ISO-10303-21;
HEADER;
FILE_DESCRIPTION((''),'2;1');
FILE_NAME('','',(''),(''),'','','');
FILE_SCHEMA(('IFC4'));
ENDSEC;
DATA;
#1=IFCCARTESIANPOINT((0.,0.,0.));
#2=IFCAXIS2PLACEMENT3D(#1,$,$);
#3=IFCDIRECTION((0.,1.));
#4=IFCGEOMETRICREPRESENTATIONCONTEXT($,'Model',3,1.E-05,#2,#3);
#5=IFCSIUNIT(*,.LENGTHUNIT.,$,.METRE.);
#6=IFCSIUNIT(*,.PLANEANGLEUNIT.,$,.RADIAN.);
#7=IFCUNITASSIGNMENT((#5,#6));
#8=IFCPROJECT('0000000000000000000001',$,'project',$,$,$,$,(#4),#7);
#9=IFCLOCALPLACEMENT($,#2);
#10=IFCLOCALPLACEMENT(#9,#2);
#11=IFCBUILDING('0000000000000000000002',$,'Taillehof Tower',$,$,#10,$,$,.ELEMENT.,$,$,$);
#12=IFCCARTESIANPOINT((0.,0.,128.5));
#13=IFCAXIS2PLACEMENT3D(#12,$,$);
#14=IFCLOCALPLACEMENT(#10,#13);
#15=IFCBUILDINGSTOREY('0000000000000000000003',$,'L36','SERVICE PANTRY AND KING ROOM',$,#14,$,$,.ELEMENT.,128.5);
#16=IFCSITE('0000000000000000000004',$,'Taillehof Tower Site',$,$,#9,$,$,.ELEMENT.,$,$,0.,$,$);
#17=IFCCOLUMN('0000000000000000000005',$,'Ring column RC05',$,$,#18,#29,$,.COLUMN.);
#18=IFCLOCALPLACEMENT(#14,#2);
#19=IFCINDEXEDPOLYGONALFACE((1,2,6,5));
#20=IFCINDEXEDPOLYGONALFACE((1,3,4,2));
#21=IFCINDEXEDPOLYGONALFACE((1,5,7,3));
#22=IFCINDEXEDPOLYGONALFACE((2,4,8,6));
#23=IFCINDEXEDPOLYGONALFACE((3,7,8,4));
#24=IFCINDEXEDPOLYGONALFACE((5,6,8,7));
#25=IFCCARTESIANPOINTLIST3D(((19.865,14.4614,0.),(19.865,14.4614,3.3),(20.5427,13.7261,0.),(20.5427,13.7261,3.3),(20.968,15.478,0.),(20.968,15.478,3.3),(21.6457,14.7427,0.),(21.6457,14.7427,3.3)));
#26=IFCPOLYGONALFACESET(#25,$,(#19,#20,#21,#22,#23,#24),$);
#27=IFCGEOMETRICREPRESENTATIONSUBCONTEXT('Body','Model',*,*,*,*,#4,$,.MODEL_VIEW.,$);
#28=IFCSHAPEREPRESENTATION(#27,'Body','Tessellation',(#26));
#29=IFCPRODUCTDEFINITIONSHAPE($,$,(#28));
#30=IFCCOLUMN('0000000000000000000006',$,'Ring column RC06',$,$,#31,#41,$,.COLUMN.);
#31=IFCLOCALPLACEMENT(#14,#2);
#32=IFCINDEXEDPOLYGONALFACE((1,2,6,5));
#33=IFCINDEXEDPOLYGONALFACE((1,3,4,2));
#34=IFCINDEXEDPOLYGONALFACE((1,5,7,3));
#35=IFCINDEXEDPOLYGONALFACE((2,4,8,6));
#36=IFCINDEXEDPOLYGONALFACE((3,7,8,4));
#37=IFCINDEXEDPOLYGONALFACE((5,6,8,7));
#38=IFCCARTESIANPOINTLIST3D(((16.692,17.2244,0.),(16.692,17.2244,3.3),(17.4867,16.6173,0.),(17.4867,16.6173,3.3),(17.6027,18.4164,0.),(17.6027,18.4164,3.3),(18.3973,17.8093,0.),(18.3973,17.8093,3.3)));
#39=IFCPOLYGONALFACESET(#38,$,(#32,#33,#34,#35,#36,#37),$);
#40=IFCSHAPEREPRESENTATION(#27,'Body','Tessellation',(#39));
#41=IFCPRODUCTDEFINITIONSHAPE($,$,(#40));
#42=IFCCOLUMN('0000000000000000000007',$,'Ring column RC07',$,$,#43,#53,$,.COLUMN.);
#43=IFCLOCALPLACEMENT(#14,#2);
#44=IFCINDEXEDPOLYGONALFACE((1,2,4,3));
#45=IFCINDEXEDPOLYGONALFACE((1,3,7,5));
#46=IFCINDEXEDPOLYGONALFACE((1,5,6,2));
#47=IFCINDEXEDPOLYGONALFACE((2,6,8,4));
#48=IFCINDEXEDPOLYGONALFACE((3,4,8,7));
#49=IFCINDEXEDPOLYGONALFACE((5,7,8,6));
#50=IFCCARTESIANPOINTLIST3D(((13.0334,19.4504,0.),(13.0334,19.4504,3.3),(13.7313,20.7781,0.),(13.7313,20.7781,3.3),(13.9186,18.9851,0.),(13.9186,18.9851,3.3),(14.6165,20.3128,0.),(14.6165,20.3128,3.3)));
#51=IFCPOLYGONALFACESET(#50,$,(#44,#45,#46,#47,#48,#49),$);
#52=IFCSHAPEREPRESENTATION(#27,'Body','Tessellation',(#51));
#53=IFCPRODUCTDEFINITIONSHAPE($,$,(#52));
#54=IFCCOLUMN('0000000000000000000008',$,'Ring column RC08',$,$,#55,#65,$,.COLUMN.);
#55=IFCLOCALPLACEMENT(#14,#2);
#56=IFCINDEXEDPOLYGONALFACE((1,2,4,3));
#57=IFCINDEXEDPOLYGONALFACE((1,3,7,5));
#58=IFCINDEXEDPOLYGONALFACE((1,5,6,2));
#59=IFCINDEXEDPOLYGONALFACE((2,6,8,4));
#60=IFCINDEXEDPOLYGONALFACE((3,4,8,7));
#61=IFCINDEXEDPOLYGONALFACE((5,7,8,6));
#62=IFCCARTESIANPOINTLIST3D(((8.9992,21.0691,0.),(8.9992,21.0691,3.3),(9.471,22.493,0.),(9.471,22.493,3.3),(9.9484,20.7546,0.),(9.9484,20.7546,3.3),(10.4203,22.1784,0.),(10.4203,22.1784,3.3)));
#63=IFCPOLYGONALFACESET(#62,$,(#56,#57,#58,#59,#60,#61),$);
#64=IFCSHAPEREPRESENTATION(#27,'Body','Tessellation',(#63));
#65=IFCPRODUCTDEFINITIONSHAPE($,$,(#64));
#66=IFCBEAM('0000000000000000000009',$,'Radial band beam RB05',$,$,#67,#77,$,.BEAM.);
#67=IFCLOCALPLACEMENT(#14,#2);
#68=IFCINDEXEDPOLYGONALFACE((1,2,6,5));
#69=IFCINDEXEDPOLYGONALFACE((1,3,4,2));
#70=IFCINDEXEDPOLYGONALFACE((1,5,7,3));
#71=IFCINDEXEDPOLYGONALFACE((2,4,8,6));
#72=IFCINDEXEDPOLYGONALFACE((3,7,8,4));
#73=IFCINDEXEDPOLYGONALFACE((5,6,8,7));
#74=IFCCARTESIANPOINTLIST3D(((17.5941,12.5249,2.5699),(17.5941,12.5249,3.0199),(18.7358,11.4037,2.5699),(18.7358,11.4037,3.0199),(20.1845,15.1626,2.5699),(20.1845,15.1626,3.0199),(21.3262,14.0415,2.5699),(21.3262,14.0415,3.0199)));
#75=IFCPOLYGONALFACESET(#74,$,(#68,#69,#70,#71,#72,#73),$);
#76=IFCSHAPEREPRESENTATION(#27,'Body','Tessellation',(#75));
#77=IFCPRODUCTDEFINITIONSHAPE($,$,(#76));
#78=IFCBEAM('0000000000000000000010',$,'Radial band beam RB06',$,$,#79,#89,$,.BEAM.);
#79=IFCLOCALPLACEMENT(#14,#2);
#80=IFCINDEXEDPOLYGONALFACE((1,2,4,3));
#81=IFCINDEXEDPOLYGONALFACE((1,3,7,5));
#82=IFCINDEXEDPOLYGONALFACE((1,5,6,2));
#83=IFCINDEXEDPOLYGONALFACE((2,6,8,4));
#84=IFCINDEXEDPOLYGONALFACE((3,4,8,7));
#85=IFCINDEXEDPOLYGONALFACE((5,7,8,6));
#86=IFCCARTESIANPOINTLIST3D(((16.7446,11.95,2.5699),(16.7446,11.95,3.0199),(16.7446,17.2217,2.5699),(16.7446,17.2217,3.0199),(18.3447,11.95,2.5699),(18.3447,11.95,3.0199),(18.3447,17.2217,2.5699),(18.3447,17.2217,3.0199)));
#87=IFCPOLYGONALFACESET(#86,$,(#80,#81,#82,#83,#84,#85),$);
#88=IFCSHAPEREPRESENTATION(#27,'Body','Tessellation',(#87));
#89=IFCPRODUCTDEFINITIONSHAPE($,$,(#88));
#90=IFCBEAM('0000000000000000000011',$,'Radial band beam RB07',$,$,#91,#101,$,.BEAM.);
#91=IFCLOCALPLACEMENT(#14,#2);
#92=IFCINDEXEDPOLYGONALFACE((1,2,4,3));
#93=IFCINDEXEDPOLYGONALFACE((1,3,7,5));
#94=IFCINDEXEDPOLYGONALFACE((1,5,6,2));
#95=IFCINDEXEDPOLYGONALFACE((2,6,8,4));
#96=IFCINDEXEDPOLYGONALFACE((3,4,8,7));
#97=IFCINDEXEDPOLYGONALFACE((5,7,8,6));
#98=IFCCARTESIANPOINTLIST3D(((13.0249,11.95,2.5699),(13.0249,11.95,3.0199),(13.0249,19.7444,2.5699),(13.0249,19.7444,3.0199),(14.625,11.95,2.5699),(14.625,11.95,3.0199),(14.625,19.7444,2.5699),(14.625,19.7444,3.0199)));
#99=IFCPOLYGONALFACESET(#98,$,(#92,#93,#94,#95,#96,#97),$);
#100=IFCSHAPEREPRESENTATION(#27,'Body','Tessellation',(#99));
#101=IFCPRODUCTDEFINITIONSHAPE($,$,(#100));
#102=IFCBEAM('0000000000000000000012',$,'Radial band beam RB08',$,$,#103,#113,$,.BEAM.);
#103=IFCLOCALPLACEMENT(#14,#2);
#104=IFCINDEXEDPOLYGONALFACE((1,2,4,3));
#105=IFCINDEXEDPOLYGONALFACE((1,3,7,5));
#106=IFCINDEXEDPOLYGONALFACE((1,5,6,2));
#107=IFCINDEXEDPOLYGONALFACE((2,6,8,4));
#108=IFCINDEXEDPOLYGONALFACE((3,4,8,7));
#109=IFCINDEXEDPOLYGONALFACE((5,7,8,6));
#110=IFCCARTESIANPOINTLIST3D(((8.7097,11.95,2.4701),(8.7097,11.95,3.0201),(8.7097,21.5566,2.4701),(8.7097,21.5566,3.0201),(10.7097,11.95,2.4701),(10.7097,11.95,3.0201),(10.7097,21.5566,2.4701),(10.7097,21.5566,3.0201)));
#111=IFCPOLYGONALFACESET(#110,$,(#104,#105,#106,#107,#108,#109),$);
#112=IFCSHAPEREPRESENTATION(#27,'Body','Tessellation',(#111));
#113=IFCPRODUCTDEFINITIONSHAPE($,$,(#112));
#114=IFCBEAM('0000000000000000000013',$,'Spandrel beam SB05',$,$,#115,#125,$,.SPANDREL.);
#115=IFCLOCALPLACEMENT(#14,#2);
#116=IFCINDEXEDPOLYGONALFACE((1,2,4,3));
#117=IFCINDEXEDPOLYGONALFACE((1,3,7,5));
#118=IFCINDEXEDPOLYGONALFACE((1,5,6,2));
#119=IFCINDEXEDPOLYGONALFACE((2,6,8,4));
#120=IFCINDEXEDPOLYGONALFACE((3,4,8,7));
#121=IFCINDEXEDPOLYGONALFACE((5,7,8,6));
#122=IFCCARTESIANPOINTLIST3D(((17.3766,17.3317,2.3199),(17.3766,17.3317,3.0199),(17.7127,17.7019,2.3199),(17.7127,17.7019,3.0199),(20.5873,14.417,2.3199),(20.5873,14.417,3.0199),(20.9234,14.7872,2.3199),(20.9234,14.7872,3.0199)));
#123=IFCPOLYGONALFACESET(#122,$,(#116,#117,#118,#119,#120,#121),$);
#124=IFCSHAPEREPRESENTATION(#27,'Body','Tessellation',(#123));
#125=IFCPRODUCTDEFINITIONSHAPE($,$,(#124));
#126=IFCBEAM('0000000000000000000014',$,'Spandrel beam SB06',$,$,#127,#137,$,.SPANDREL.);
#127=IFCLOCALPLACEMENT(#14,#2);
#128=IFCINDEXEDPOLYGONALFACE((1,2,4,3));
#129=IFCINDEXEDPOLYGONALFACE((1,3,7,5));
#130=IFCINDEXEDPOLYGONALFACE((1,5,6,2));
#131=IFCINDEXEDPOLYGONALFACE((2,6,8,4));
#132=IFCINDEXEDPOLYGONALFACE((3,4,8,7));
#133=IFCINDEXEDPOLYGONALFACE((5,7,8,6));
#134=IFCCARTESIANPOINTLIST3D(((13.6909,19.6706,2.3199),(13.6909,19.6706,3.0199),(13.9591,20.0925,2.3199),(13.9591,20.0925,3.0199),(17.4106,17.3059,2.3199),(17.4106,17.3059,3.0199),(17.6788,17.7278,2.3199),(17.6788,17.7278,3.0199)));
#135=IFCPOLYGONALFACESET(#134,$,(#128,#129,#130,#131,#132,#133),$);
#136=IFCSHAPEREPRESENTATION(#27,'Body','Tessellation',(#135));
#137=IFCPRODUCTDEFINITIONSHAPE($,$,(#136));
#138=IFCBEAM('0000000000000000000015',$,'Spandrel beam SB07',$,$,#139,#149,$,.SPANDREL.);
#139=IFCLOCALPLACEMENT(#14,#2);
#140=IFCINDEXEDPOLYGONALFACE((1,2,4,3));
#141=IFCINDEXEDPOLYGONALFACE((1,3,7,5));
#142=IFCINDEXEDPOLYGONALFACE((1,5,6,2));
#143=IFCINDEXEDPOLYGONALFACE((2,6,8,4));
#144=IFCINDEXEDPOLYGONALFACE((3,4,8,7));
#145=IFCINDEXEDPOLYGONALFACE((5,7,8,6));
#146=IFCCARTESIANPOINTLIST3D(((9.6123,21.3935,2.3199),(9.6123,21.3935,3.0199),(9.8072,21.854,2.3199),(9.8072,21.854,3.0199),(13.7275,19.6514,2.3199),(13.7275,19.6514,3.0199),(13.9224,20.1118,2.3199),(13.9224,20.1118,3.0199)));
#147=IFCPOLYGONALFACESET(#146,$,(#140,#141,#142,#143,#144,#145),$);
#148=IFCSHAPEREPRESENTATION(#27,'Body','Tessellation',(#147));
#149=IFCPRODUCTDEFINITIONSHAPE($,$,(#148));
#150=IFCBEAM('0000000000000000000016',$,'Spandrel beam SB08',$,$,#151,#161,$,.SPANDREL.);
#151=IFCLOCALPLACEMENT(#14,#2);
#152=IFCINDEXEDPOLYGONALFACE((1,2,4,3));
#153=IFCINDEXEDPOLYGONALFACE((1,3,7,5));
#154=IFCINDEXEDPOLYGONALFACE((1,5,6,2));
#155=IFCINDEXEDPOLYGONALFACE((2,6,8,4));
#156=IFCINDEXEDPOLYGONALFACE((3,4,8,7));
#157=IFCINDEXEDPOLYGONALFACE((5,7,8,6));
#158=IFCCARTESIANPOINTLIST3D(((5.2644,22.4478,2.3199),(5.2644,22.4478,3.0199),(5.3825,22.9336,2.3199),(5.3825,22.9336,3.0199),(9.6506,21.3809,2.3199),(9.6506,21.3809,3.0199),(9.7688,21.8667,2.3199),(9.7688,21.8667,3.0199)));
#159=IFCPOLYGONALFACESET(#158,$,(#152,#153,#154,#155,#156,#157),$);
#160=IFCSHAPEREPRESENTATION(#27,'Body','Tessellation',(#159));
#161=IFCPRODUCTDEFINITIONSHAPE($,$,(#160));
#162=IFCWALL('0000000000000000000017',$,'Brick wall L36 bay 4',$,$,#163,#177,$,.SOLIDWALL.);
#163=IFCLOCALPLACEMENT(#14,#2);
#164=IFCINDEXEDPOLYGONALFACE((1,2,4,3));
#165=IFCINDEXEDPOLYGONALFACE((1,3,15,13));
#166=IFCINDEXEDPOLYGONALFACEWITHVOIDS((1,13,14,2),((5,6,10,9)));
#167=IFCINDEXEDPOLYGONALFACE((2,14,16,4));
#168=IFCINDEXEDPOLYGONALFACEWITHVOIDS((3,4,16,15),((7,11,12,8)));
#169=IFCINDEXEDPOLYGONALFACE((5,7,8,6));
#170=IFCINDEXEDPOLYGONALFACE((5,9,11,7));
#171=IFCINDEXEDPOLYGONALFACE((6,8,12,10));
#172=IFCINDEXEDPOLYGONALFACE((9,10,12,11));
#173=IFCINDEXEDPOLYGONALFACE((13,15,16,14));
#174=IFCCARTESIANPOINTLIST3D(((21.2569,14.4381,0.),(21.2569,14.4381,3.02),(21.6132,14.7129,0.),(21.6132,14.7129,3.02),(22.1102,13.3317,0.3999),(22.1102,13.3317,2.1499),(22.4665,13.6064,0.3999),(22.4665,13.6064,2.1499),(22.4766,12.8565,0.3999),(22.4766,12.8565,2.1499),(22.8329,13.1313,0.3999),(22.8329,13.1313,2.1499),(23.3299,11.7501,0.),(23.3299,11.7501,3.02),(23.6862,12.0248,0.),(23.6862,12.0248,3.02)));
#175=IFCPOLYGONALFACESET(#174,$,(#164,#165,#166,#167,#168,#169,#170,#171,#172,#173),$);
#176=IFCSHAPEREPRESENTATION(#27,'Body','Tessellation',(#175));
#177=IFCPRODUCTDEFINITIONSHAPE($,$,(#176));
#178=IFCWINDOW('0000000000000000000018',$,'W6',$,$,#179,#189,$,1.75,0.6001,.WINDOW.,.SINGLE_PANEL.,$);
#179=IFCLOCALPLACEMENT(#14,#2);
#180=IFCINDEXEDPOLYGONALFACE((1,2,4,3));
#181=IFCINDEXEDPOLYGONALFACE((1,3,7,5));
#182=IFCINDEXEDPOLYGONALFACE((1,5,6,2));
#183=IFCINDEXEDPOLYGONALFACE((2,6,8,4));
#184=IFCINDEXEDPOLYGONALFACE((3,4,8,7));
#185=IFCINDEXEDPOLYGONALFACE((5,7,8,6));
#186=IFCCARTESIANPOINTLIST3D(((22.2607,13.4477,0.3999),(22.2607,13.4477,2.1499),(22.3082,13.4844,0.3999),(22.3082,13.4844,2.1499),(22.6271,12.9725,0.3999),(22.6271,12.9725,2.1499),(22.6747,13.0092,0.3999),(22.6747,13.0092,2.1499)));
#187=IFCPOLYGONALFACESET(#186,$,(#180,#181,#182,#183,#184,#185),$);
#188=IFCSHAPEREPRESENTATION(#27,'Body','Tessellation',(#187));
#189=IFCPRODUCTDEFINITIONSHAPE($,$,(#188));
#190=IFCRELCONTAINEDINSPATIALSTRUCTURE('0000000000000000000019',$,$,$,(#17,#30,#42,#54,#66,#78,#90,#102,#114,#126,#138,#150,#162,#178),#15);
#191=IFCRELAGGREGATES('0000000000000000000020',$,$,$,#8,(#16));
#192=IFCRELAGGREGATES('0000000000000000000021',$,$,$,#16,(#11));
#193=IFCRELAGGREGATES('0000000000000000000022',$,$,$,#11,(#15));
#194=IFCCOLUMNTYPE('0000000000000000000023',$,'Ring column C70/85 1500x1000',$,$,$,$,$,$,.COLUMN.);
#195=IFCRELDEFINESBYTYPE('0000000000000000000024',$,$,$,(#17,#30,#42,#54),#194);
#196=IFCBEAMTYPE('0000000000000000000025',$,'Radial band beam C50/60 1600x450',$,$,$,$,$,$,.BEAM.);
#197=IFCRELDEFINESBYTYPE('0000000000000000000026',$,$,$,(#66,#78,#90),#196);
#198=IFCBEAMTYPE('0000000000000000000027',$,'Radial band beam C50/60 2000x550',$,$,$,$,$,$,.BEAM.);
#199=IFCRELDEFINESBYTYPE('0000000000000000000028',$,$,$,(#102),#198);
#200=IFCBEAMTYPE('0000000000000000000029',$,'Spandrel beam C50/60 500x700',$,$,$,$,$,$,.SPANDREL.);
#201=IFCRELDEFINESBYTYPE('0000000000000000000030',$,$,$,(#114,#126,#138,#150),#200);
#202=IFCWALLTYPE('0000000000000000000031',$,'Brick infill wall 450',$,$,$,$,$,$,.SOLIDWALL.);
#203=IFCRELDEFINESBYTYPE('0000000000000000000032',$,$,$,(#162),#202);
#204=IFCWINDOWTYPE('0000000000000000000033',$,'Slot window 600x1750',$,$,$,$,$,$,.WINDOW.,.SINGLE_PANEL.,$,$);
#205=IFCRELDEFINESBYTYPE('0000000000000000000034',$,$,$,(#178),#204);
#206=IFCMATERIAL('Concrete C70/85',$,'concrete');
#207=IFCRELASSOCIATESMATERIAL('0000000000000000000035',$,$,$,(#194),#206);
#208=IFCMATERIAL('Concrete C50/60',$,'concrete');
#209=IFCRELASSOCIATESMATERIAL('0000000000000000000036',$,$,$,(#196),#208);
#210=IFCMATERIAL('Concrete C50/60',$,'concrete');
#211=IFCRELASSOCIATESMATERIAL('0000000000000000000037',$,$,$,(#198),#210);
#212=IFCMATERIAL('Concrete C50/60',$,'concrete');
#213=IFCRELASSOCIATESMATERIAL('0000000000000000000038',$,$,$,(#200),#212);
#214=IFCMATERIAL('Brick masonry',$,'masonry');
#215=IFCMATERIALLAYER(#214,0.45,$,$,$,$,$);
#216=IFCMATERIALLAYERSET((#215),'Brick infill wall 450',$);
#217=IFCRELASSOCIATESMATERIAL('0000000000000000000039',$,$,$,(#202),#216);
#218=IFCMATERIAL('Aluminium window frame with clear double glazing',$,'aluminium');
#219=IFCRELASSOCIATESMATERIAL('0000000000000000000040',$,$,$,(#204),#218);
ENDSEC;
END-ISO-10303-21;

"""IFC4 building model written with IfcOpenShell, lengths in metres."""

from ifc_helpers import new_model, si_unit, direction, frame, frame_2d, origin, origin_2d, place, context, subcontext, project, spatial, rectangle, extrude, material, layer, layer_set, material_profile, profile_set, type_object, element, fill, save


model = new_model("IFC4")

# Units and contexts
model_context = context("Model", 3, precision=1e-05, world=origin(), true_north=direction((0.0, 1.0)))
body_context = subcontext(model_context, "Body", "Model", "MODEL_VIEW")
ifc_project = project(units=[si_unit("LENGTHUNIT", "METRE"), si_unit("PLANEANGLEUNIT", "RADIAN")], contexts=[model_context])

# Site, building, storey
site_placement = place(None, origin())
site = spatial("IfcSite", under=ifc_project, at=site_placement, Name="Taillehof Tower Site", CompositionType="ELEMENT", RefElevation=0.0)
building_placement = place(site_placement, origin())
building = spatial("IfcBuilding", under=site, at=building_placement, Name="Taillehof Tower", CompositionType="ELEMENT")
storey_placement = place(building_placement, frame((0.0, 0.0, 128.5)))
storey = spatial("IfcBuildingStorey", under=building, at=storey_placement, Name="L36", Description="SERVICE PANTRY AND KING ROOM", CompositionType="ELEMENT", Elevation=128.5)

# Columns
ifc_material_1 = material(Name="Concrete C70/85", Category="concrete")
ifc_material_profile_1 = material_profile(ifc_material_1, rectangle(XDim=1.5, YDim=1.0, at=origin_2d()), Name="RC 1500x1000")
ifc_profile_set_1 = profile_set([ifc_material_profile_1], Name="Concrete C70/85")
column_type = type_object("IfcColumnType", Name="Ring column C70/85 1500x1000", PredefinedType="COLUMN", material=ifc_profile_set_1)
for number, where, z_axis, x_axis, name in (
    (1, (20.7554, 14.6021, 0.0), (0.0, 0.0, 1.0), (0.735332, 0.677707, 0.0), "Ring column RC05"),
    (2, (17.5447, 17.5168, 0.0), (0.0, 0.0, 1.0), (0.607074, 0.794645, 0.0), "Ring column RC06"),
    (3, (13.825, 19.8816, 0.0), (0.0, 0.0, 1.0), (0.465283, 0.885162, 0.0), "Ring column RC07"),
    (4, (9.7097, 21.6238, 0.0), (0.0, 0.0, 1.0), (0.314555, 0.949239, 0.0), "Ring column RC08"),
):
    element("IfcColumn", number, at=place(storey_placement, frame(where, z_axis=z_axis, x_axis=x_axis)), inside=storey, type_object=column_type, Name=name, PredefinedType="COLUMN", context=body_context, shape_type="SweptSolid", body=[
        extrude(rectangle(XDim=1.5, YDim=1.0, at=origin_2d()), origin(), (0.0, 0.0, 1.0), 3.3),
    ])

# Beams
ifc_material_2 = material(Name="Concrete C50/60", Category="concrete")
ifc_material_profile_2 = material_profile(ifc_material_2, rectangle(XDim=1.6001, YDim=0.45, at=origin_2d()), Name="RC 1600x450")
ifc_profile_set_2 = profile_set([ifc_material_profile_2], Name="Concrete C50/60")
beam_type_1 = type_object("IfcBeamType", Name="Radial band beam C50/60 1600x450", PredefinedType="BEAM", material=ifc_profile_set_2)
beam_1_placement = place(storey_placement, frame((20.7554, 14.6021, 2.7949), z_axis=(-0.700672, -0.713484, 0.0), x_axis=(0.713484, -0.700672, 0.0)))
element("IfcBeam", 5, at=beam_1_placement, inside=storey, type_object=beam_type_1, Name="Radial band beam RB05", PredefinedType="BEAM", context=body_context, shape_type="SweptSolid", body=[
    extrude(rectangle(XDim=1.6001, YDim=0.45, at=origin_2d()), origin(), (0.0, 0.0, 1.0), 3.697),
])
beam_2_placement = place(storey_placement, frame((17.5447, 17.2217, 2.7949), z_axis=(0.0, -1.0, 0.0), x_axis=(1.0, 0.0, 0.0)))
element("IfcBeam", 6, at=beam_2_placement, inside=storey, type_object=beam_type_1, Name="Radial band beam RB06", PredefinedType="BEAM", context=body_context, shape_type="SweptSolid", body=[
    extrude(rectangle(XDim=1.6001, YDim=0.45, at=origin_2d()), origin(), (0.0, 0.0, 1.0), 5.2717),
])
beam_3_placement = place(storey_placement, frame((13.825, 19.7444, 2.7949), z_axis=(0.0, -1.0, 0.0), x_axis=(1.0, 0.0, 0.0)))
element("IfcBeam", 7, at=beam_3_placement, inside=storey, type_object=beam_type_1, Name="Radial band beam RB07", PredefinedType="BEAM", context=body_context, shape_type="SweptSolid", body=[
    extrude(rectangle(XDim=1.6001, YDim=0.45, at=origin_2d()), origin(), (0.0, 0.0, 1.0), 7.7944),
])
ifc_material_3 = material(Name="Concrete C50/60", Category="concrete")
ifc_material_profile_3 = material_profile(ifc_material_3, rectangle(XDim=2.0, YDim=0.55, at=origin_2d()), Name="RC 2000x550")
ifc_profile_set_3 = profile_set([ifc_material_profile_3], Name="Concrete C50/60")
beam_type_2 = type_object("IfcBeamType", Name="Radial band beam C50/60 2000x550", PredefinedType="BEAM", material=ifc_profile_set_3)
beam_4_placement = place(storey_placement, frame((9.7097, 21.5566, 2.7451), z_axis=(0.0, -1.0, 0.0), x_axis=(1.0, 0.0, 0.0)))
element("IfcBeam", 8, at=beam_4_placement, inside=storey, type_object=beam_type_2, Name="Radial band beam RB08", PredefinedType="BEAM", context=body_context, shape_type="SweptSolid", body=[
    extrude(rectangle(XDim=2.0, YDim=0.55, at=origin_2d()), origin(), (0.0, 0.0, 1.0), 9.6067),
])
ifc_material_4 = material(Name="Concrete C50/60", Category="concrete")
ifc_material_profile_4 = material_profile(ifc_material_4, rectangle(XDim=0.5, YDim=0.7, at=origin_2d()), Name="RC 500x700")
ifc_profile_set_4 = profile_set([ifc_material_profile_4], Name="Concrete C50/60")
beam_type_3 = type_object("IfcBeamType", Name="Spandrel beam C50/60 500x700", PredefinedType="SPANDREL", material=ifc_profile_set_4)
beam_5_placement = place(storey_placement, frame((20.7554, 14.6021, 2.6699), z_axis=(-0.740401, 0.672165, 0.0), x_axis=(-0.672165, -0.740401, 0.0)))
element("IfcBeam", 9, at=beam_5_placement, inside=storey, type_object=beam_type_3, Name="Spandrel beam SB05", PredefinedType="SPANDREL", context=body_context, shape_type="SweptSolid", body=[
    extrude(rectangle(XDim=0.5, YDim=0.7, at=origin_2d()), origin(), (0.0, 0.0, 1.0), 4.3364),
])
beam_6_placement = place(storey_placement, frame((17.5447, 17.5168, 2.6699), z_axis=(-0.843903, 0.536496, 0.0), x_axis=(-0.536496, -0.843903, 0.0)))
element("IfcBeam", 10, at=beam_6_placement, inside=storey, type_object=beam_type_3, Name="Spandrel beam SB06", PredefinedType="SPANDREL", context=body_context, shape_type="SweptSolid", body=[
    extrude(rectangle(XDim=0.5, YDim=0.7, at=origin_2d()), origin(), (0.0, 0.0, 1.0), 4.4077),
])
beam_7_placement = place(storey_placement, frame((13.825, 19.8816, 2.6699), z_axis=(-0.920877, 0.389854, 0.0), x_axis=(-0.389854, -0.920877, 0.0)))
element("IfcBeam", 11, at=beam_7_placement, inside=storey, type_object=beam_type_3, Name="Spandrel beam SB07", PredefinedType="SPANDREL", context=body_context, shape_type="SweptSolid", body=[
    extrude(rectangle(XDim=0.5, YDim=0.7, at=origin_2d()), origin(), (0.0, 0.0, 1.0), 4.4688),
])
beam_8_placement = place(storey_placement, frame((9.7097, 21.6238, 2.6699), z_axis=(-0.971669, 0.236346, 0.0), x_axis=(-0.236346, -0.971669, 0.0)))
element("IfcBeam", 12, at=beam_8_placement, inside=storey, type_object=beam_type_3, Name="Spandrel beam SB08", PredefinedType="SPANDREL", context=body_context, shape_type="SweptSolid", body=[
    extrude(rectangle(XDim=0.5, YDim=0.7, at=origin_2d()), origin(), (0.0, 0.0, 1.0), 4.5142),
])

# Wall, opening, window
ifc_material_5 = material(Name="Brick masonry", Category="masonry")
ifc_layer_1 = layer(ifc_material_5, 0.45)
ifc_layer_set_1 = layer_set([ifc_layer_1], Name="Brick infill wall 450")
wall_type_1 = type_object("IfcWallType", Name="Brick infill wall 450", PredefinedType="SOLIDWALL", material=ifc_layer_set_1)
wall_1_placement = place(storey_placement, frame((23.5081, 11.8875, 0.0), z_axis=(0.0, 0.0, 1.0), x_axis=(-0.610694, 0.791867, 0.0)))
wall_1 = element("IfcWall", 13, at=wall_1_placement, inside=storey, type_object=wall_type_1, Name="Brick wall L36 bay 4", PredefinedType="SOLIDWALL", context=body_context, shape_type="SweptSolid", body=[
    extrude(rectangle(XDim=3.3945, YDim=0.45, at=frame_2d((1.6973, 0.0))), origin(), (0.0, 0.0, 1.0), 3.02),
])
opening_1_placement = place(wall_1_placement, frame((1.3972, 0.0, 0.3999)))
opening_1 = element("IfcOpeningElement", 14, at=opening_1_placement, cuts=wall_1, PredefinedType="OPENING", context=body_context, shape_type="SweptSolid", body=[
    extrude(rectangle(XDim=0.6001, YDim=1.75, at=frame_2d((0.3, 0.875))), frame((0.0, 0.2349, 0.0), z_axis=(0.0, -1.0, 0.0), x_axis=(1.0, 0.0, 0.0)), (0.0, 0.0, 1.0), 0.47),
])
ifc_material_6 = material(Name="Aluminium window frame with clear double glazing", Category="aluminium")
window_type_1 = type_object("IfcWindowType", Name="Slot window 600x1750", PartitioningType="SINGLE_PANEL", PredefinedType="WINDOW", material=ifc_material_6)
window_1_placement = place(opening_1_placement, origin())
window_1 = element("IfcWindow", 15, at=window_1_placement, inside=storey, type_object=window_type_1, Name="W6", OverallHeight=1.75, OverallWidth=0.6001, PartitioningType="SINGLE_PANEL", PredefinedType="WINDOW", context=body_context, shape_type="SweptSolid", body=[
    extrude(rectangle(XDim=0.6001, YDim=1.75, at=frame_2d((0.3, 0.875))), frame((0.0, 0.0349, 0.0), z_axis=(0.0, -1.0, 0.0), x_axis=(1.0, 0.0, 0.0)), (0.0, 0.0, 1.0), 0.0601),
])
fill(opening_1, window_1)

save(model, "model.ifc")
